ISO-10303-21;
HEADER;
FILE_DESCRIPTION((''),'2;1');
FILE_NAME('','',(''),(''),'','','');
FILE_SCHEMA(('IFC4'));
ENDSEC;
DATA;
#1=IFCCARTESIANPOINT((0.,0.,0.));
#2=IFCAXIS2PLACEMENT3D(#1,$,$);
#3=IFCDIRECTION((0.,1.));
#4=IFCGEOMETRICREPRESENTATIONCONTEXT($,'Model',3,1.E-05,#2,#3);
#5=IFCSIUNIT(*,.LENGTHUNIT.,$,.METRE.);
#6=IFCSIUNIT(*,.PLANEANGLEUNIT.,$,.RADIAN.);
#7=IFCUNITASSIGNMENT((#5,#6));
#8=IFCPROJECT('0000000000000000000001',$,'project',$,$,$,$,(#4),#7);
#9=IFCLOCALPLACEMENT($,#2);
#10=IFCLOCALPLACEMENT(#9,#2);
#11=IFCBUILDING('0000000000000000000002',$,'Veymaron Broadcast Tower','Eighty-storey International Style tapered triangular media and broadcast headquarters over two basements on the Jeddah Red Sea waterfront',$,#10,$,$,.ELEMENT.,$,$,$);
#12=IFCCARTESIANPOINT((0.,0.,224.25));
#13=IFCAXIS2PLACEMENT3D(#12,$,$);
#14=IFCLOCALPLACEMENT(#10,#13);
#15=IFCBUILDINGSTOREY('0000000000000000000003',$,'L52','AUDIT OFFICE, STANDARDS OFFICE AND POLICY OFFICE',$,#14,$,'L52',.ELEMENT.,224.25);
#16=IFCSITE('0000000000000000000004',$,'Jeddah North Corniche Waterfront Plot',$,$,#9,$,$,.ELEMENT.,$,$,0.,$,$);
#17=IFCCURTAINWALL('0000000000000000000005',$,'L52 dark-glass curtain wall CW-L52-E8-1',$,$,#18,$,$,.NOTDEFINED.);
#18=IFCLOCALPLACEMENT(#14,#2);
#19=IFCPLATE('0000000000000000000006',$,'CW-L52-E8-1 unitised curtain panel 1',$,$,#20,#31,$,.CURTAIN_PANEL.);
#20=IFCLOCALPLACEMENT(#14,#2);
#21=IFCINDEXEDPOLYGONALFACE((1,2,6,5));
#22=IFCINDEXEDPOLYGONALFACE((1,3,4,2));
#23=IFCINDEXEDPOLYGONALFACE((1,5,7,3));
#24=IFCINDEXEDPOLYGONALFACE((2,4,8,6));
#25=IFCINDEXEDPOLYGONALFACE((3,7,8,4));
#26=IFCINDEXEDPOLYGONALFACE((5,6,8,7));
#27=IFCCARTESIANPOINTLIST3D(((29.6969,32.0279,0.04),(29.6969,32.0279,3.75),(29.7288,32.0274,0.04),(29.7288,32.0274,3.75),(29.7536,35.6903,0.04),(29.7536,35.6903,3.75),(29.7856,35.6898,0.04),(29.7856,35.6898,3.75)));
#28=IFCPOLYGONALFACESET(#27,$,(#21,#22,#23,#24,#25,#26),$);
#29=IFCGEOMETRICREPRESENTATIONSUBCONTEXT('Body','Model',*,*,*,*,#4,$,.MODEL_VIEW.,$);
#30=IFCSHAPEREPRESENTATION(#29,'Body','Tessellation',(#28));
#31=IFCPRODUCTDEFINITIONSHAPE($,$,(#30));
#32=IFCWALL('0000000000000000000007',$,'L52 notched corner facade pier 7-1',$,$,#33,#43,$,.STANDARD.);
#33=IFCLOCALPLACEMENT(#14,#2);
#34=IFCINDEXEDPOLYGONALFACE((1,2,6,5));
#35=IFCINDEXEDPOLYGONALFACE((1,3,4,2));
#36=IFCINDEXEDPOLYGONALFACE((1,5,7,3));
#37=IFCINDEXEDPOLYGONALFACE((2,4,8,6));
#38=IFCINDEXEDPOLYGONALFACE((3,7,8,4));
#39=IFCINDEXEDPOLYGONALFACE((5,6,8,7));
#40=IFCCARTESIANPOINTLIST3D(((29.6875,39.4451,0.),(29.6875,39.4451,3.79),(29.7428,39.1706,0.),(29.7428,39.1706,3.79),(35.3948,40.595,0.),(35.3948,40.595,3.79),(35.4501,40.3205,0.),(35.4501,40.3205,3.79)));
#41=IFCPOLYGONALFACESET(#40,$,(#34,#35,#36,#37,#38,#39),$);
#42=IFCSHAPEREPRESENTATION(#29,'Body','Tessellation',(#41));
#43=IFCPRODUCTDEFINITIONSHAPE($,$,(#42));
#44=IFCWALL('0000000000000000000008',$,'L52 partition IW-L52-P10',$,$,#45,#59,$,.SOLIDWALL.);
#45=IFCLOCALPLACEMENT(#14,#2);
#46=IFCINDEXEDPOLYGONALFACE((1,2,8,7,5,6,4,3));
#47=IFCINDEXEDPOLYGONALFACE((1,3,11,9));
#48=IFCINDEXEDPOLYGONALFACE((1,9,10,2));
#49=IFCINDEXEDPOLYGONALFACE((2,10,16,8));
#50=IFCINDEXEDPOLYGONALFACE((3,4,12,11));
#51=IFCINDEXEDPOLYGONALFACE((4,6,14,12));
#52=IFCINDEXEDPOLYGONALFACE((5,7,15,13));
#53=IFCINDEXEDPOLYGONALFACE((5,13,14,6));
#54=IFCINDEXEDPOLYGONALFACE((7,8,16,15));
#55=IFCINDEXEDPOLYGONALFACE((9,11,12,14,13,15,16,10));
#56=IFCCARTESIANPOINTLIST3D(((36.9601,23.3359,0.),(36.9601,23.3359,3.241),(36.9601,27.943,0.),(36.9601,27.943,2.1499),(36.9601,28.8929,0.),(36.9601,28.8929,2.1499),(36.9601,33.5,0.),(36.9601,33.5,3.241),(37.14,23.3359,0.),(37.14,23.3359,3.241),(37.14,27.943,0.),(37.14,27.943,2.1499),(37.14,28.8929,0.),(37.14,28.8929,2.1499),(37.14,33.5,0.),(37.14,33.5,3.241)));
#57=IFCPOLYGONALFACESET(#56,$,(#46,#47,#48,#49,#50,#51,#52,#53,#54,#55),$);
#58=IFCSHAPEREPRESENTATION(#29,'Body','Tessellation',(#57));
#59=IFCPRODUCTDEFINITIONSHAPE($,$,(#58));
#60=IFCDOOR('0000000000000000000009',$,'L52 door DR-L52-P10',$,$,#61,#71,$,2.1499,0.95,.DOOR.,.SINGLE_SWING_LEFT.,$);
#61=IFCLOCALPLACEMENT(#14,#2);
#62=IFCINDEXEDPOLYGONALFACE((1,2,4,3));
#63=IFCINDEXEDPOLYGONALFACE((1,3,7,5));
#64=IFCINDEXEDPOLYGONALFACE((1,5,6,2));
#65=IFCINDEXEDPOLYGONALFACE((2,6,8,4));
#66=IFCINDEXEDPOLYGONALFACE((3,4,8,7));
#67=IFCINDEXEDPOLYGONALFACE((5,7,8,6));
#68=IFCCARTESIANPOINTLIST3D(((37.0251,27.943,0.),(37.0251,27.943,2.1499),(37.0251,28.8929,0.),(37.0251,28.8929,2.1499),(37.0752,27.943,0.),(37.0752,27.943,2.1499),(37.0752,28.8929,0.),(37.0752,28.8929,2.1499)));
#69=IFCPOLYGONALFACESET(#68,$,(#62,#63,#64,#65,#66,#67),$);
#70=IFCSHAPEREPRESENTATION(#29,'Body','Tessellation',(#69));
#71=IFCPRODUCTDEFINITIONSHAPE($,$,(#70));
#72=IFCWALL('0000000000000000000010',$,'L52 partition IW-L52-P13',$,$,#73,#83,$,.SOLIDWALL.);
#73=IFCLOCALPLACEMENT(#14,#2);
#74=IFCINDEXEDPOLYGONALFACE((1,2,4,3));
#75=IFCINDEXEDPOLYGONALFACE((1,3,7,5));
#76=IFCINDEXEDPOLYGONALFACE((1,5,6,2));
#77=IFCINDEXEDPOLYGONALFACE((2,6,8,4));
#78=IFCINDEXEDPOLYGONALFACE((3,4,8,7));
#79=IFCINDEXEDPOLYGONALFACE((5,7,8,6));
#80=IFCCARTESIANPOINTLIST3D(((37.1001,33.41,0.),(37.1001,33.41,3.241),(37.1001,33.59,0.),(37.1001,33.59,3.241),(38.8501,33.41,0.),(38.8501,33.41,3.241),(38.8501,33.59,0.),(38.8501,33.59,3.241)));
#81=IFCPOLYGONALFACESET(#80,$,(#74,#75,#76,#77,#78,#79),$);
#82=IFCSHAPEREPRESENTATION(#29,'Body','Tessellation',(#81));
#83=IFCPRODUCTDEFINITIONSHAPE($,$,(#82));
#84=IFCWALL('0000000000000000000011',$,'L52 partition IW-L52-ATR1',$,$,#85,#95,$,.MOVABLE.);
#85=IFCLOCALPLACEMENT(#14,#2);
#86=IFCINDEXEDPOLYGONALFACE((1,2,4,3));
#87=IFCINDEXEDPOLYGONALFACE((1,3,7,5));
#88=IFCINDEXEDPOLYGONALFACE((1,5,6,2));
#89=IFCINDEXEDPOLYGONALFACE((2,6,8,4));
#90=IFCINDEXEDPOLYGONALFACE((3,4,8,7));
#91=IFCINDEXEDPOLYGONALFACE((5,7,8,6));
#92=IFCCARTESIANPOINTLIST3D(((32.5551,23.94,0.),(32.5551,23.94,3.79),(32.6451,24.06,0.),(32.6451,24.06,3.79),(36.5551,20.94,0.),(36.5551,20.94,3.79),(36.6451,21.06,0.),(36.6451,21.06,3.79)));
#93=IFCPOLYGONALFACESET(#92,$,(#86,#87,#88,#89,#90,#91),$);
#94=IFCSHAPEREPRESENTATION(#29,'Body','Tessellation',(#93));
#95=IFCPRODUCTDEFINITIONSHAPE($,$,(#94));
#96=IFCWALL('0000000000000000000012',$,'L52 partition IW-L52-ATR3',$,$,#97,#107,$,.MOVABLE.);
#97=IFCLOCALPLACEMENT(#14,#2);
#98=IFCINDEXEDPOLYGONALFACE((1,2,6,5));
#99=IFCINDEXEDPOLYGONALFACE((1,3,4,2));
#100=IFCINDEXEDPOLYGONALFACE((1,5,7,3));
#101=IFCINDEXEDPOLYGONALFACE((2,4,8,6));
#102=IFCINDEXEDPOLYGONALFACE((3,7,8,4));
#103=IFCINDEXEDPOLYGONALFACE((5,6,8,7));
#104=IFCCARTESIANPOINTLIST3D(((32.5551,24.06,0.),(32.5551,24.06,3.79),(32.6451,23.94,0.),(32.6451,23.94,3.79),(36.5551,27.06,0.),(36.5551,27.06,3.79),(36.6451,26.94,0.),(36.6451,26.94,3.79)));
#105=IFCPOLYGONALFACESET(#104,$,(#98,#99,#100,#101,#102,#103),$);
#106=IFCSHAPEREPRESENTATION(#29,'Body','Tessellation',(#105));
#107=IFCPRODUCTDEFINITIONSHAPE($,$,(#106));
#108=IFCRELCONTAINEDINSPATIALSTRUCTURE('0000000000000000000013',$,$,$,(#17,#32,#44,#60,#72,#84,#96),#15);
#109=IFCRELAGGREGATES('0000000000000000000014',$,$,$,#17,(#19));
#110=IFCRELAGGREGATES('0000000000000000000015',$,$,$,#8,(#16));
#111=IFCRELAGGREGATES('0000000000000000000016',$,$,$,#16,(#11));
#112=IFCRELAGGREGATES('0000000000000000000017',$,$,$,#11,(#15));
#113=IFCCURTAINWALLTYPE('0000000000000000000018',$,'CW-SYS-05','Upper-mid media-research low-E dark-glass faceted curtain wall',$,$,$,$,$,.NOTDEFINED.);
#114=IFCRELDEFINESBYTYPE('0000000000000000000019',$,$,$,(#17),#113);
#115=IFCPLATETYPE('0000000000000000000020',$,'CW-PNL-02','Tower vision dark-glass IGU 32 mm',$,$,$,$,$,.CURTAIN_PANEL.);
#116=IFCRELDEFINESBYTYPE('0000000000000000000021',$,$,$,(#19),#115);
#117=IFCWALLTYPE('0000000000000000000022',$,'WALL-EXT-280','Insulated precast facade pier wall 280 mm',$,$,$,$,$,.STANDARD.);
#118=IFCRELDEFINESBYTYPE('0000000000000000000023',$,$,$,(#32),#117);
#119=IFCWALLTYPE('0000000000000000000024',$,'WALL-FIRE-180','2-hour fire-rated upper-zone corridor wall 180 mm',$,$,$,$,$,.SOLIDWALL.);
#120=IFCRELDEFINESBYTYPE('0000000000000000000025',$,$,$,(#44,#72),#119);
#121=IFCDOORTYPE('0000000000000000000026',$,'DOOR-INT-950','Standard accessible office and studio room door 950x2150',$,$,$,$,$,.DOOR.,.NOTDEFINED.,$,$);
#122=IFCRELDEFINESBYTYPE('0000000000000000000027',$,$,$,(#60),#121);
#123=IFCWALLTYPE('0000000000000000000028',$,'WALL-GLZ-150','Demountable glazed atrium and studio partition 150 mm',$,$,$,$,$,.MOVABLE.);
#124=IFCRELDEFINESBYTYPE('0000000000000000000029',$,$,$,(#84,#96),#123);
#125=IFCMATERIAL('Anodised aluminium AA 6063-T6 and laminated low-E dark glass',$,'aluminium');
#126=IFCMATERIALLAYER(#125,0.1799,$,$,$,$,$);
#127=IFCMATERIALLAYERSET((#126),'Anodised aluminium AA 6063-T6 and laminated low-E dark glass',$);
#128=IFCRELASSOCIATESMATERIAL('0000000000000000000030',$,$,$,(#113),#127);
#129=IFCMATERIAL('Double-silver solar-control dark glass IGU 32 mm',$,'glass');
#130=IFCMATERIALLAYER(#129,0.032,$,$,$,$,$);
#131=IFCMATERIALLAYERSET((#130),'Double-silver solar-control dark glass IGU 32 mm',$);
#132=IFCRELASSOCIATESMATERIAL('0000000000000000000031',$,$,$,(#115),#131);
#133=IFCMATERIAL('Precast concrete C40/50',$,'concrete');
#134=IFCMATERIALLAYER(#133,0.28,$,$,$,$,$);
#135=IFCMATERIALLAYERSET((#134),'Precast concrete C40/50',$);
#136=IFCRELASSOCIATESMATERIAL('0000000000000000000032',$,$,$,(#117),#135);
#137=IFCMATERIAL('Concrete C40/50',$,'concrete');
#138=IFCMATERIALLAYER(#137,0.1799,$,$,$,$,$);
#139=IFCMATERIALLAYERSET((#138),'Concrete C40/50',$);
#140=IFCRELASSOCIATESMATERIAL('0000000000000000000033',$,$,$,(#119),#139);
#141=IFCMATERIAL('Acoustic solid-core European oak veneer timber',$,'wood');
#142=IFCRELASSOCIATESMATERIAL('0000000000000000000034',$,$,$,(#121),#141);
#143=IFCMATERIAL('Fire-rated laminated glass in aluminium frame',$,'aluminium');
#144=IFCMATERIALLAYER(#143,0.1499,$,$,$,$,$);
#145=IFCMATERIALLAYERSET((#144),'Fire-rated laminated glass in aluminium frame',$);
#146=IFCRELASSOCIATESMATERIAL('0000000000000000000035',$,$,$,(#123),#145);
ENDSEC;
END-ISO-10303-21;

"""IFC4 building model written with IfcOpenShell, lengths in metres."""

from ifc_helpers import new_model, si_unit, direction, frame, frame_2d, origin, origin_2d, place, context, subcontext, project, spatial, rectangle, extrude, material, layer, layer_set, type_object, element, fill, aggregate, save


model = new_model("IFC4")

# Units and contexts
model_context = context("Model", 3, precision=1e-05, world=origin(), true_north=direction((0.0, 1.0)))
body_context = subcontext(model_context, "Body", "Model", "MODEL_VIEW")
ifc_project = project(units=[si_unit("LENGTHUNIT", "METRE"), si_unit("PLANEANGLEUNIT", "RADIAN")], contexts=[model_context])

# Site, building, storey
site_placement = place(None, origin())
site = spatial("IfcSite", under=ifc_project, at=site_placement, Name="Jeddah North Corniche Waterfront Plot", CompositionType="ELEMENT", RefElevation=0.0)
building_placement = place(site_placement, origin())
building = spatial("IfcBuilding", under=site, at=building_placement, Name="Veymaron Broadcast Tower", Description="Eighty-storey International Style tapered triangular media and broadcast headquarters over two basements on the Jeddah Red Sea waterfront", CompositionType="ELEMENT")
storey_placement = place(building_placement, frame((0.0, 0.0, 224.25)))
storey = spatial("IfcBuildingStorey", under=building, at=storey_placement, Name="L52", Description="AUDIT OFFICE, STANDARDS OFFICE AND POLICY OFFICE", LongName="L52", CompositionType="ELEMENT", Elevation=224.25)

# Curtain wall, plate
ifc_material_1 = material(Name="Anodised aluminium AA 6063-T6 and laminated low-E dark glass", Category="aluminium")
ifc_layer_1 = layer(ifc_material_1, 0.1799)
ifc_layer_set_1 = layer_set([ifc_layer_1], Name="Anodised aluminium AA 6063-T6 and laminated low-E dark glass")
curtain_wall_type = type_object("IfcCurtainWallType", Name="CW-SYS-05", Description="Upper-mid media-research low-E dark-glass faceted curtain wall", PredefinedType="NOTDEFINED", material=ifc_layer_set_1)
curtain_wall_placement = place(storey_placement, origin())
curtain_wall = element("IfcCurtainWall", 1, at=curtain_wall_placement, inside=storey, type_object=curtain_wall_type, Name="L52 dark-glass curtain wall CW-L52-E8-1", PredefinedType="NOTDEFINED")
ifc_material_2 = material(Name="Double-silver solar-control dark glass IGU 32 mm", Category="glass")
ifc_layer_2 = layer(ifc_material_2, 0.032)
ifc_layer_set_2 = layer_set([ifc_layer_2], Name="Double-silver solar-control dark glass IGU 32 mm")
plate_type = type_object("IfcPlateType", Name="CW-PNL-02", Description="Tower vision dark-glass IGU 32 mm", PredefinedType="CURTAIN_PANEL", material=ifc_layer_set_2)
plate_1_placement = place(storey_placement, frame((29.7412, 33.8589, 0.04), z_axis=(0.0, 0.0, 1.0), x_axis=(-0.01548, -0.99988, 0.0)))
plate_1 = element("IfcPlate", 2, at=plate_1_placement, type_object=plate_type, Name="CW-L52-E8-1 unitised curtain panel 1", PredefinedType="CURTAIN_PANEL", context=body_context, shape_type="SweptSolid", body=[
    extrude(rectangle(XDim=3.6628, YDim=0.032, at=origin_2d()), origin(), (0.0, 0.0, 1.0), 3.71),
])
aggregate(curtain_wall, [plate_1])

# Wall
ifc_material_3 = material(Name="Precast concrete C40/50", Category="concrete")
ifc_layer_3 = layer(ifc_material_3, 0.28)
ifc_layer_set_3 = layer_set([ifc_layer_3], Name="Precast concrete C40/50")
wall_type_1 = type_object("IfcWallType", Name="WALL-EXT-280", Description="Insulated precast facade pier wall 280 mm", PredefinedType="STANDARD", material=ifc_layer_set_3)
wall_1_placement = place(storey_placement, frame((35.4226, 40.4578, 0.0), z_axis=(0.0, 0.0, 1.0), x_axis=(-0.980301, -0.197511, 0.0)))
element("IfcWall", 3, at=wall_1_placement, inside=storey, type_object=wall_type_1, Name="L52 notched corner facade pier 7-1", PredefinedType="STANDARD", context=body_context, shape_type="SweptSolid", body=[
    extrude(rectangle(XDim=5.822, YDim=0.28, at=frame_2d((2.9111, 0.0))), origin(), (0.0, 0.0, 1.0), 3.79),
])

# Wall, opening, door
ifc_material_4 = material(Name="Concrete C40/50", Category="concrete")
ifc_layer_4 = layer(ifc_material_4, 0.1799)
ifc_layer_set_4 = layer_set([ifc_layer_4], Name="Concrete C40/50")
wall_type_2 = type_object("IfcWallType", Name="WALL-FIRE-180", Description="2-hour fire-rated upper-zone corridor wall 180 mm", PredefinedType="SOLIDWALL", material=ifc_layer_set_4)
wall_2_placement = place(storey_placement, frame((37.05, 23.3359, 0.0), z_axis=(0.0, 0.0, 1.0), x_axis=(0.0, 1.0, 0.0)))
wall_2 = element("IfcWall", 4, at=wall_2_placement, inside=storey, type_object=wall_type_2, Name="L52 partition IW-L52-P10", PredefinedType="SOLIDWALL", context=body_context, shape_type="SweptSolid", body=[
    extrude(rectangle(XDim=10.1641, YDim=0.1799, at=frame_2d((5.082, 0.0))), origin(), (0.0, 0.0, 1.0), 3.241),
])
opening_placement = place(wall_2_placement, frame((4.6069, 0.0, 0.0)))
opening = element("IfcOpeningElement", 5, at=opening_placement, cuts=wall_2, PredefinedType="OPENING", context=body_context, shape_type="SweptSolid", body=[
    extrude(rectangle(XDim=0.95, YDim=2.1499, at=frame_2d((0.4751, 1.075))), frame((0.0, 0.1001, 0.0), z_axis=(0.0, -1.0, 0.0), x_axis=(1.0, 0.0, 0.0)), (0.0, 0.0, 1.0), 0.2),
])
ifc_material_5 = material(Name="Acoustic solid-core European oak veneer timber", Category="wood")
door_type = type_object("IfcDoorType", Name="DOOR-INT-950", Description="Standard accessible office and studio room door 950x2150", OperationType="NOTDEFINED", PredefinedType="DOOR", material=ifc_material_5)
door_placement = place(opening_placement, origin())
door = element("IfcDoor", 6, at=door_placement, inside=storey, type_object=door_type, Name="L52 door DR-L52-P10", OperationType="SINGLE_SWING_LEFT", OverallHeight=2.1499, OverallWidth=0.95, PredefinedType="DOOR", context=body_context, shape_type="SweptSolid", body=[
    extrude(rectangle(XDim=0.95, YDim=2.1499, at=frame_2d((0.4751, 1.075))), frame((0.0, 0.0249, 0.0), z_axis=(0.0, -1.0, 0.0), x_axis=(1.0, 0.0, 0.0)), (0.0, 0.0, 1.0), 0.05),
])
fill(opening, door)

# Walls
wall_3_placement = place(storey_placement, frame((37.1001, 33.5, 0.0), z_axis=(0.0, 0.0, 1.0), x_axis=(1.0, 0.0, 0.0)))
element("IfcWall", 7, at=wall_3_placement, inside=storey, type_object=wall_type_2, Name="L52 partition IW-L52-P13", PredefinedType="SOLIDWALL", context=body_context, shape_type="SweptSolid", body=[
    extrude(rectangle(XDim=1.75, YDim=0.1799, at=frame_2d((0.875, 0.0))), origin(), (0.0, 0.0, 1.0), 3.241),
])
ifc_material_6 = material(Name="Fire-rated laminated glass in aluminium frame", Category="aluminium")
ifc_layer_5 = layer(ifc_material_6, 0.1499)
ifc_layer_set_5 = layer_set([ifc_layer_5], Name="Fire-rated laminated glass in aluminium frame")
wall_type_3 = type_object("IfcWallType", Name="WALL-GLZ-150", Description="Demountable glazed atrium and studio partition 150 mm", PredefinedType="MOVABLE", material=ifc_layer_set_5)
for number, where, z_axis, x_axis, name in (
    (8, (32.6001, 24.0, 0.0), (0.0, 0.0, 1.0), (0.8, -0.6, 0.0), "L52 partition IW-L52-ATR1"),
    (9, (36.6001, 27.0, 0.0), (0.0, 0.0, 1.0), (-0.8, -0.6, 0.0), "L52 partition IW-L52-ATR3"),
):
    element("IfcWall", number, at=place(storey_placement, frame(where, z_axis=z_axis, x_axis=x_axis)), inside=storey, type_object=wall_type_3, Name=name, PredefinedType="MOVABLE", context=body_context, shape_type="SweptSolid", body=[
        extrude(rectangle(XDim=5.0, YDim=0.1499, at=frame_2d((2.5, 0.0))), origin(), (0.0, 0.0, 1.0), 3.79),
    ])

save(model, "model.ifc")
